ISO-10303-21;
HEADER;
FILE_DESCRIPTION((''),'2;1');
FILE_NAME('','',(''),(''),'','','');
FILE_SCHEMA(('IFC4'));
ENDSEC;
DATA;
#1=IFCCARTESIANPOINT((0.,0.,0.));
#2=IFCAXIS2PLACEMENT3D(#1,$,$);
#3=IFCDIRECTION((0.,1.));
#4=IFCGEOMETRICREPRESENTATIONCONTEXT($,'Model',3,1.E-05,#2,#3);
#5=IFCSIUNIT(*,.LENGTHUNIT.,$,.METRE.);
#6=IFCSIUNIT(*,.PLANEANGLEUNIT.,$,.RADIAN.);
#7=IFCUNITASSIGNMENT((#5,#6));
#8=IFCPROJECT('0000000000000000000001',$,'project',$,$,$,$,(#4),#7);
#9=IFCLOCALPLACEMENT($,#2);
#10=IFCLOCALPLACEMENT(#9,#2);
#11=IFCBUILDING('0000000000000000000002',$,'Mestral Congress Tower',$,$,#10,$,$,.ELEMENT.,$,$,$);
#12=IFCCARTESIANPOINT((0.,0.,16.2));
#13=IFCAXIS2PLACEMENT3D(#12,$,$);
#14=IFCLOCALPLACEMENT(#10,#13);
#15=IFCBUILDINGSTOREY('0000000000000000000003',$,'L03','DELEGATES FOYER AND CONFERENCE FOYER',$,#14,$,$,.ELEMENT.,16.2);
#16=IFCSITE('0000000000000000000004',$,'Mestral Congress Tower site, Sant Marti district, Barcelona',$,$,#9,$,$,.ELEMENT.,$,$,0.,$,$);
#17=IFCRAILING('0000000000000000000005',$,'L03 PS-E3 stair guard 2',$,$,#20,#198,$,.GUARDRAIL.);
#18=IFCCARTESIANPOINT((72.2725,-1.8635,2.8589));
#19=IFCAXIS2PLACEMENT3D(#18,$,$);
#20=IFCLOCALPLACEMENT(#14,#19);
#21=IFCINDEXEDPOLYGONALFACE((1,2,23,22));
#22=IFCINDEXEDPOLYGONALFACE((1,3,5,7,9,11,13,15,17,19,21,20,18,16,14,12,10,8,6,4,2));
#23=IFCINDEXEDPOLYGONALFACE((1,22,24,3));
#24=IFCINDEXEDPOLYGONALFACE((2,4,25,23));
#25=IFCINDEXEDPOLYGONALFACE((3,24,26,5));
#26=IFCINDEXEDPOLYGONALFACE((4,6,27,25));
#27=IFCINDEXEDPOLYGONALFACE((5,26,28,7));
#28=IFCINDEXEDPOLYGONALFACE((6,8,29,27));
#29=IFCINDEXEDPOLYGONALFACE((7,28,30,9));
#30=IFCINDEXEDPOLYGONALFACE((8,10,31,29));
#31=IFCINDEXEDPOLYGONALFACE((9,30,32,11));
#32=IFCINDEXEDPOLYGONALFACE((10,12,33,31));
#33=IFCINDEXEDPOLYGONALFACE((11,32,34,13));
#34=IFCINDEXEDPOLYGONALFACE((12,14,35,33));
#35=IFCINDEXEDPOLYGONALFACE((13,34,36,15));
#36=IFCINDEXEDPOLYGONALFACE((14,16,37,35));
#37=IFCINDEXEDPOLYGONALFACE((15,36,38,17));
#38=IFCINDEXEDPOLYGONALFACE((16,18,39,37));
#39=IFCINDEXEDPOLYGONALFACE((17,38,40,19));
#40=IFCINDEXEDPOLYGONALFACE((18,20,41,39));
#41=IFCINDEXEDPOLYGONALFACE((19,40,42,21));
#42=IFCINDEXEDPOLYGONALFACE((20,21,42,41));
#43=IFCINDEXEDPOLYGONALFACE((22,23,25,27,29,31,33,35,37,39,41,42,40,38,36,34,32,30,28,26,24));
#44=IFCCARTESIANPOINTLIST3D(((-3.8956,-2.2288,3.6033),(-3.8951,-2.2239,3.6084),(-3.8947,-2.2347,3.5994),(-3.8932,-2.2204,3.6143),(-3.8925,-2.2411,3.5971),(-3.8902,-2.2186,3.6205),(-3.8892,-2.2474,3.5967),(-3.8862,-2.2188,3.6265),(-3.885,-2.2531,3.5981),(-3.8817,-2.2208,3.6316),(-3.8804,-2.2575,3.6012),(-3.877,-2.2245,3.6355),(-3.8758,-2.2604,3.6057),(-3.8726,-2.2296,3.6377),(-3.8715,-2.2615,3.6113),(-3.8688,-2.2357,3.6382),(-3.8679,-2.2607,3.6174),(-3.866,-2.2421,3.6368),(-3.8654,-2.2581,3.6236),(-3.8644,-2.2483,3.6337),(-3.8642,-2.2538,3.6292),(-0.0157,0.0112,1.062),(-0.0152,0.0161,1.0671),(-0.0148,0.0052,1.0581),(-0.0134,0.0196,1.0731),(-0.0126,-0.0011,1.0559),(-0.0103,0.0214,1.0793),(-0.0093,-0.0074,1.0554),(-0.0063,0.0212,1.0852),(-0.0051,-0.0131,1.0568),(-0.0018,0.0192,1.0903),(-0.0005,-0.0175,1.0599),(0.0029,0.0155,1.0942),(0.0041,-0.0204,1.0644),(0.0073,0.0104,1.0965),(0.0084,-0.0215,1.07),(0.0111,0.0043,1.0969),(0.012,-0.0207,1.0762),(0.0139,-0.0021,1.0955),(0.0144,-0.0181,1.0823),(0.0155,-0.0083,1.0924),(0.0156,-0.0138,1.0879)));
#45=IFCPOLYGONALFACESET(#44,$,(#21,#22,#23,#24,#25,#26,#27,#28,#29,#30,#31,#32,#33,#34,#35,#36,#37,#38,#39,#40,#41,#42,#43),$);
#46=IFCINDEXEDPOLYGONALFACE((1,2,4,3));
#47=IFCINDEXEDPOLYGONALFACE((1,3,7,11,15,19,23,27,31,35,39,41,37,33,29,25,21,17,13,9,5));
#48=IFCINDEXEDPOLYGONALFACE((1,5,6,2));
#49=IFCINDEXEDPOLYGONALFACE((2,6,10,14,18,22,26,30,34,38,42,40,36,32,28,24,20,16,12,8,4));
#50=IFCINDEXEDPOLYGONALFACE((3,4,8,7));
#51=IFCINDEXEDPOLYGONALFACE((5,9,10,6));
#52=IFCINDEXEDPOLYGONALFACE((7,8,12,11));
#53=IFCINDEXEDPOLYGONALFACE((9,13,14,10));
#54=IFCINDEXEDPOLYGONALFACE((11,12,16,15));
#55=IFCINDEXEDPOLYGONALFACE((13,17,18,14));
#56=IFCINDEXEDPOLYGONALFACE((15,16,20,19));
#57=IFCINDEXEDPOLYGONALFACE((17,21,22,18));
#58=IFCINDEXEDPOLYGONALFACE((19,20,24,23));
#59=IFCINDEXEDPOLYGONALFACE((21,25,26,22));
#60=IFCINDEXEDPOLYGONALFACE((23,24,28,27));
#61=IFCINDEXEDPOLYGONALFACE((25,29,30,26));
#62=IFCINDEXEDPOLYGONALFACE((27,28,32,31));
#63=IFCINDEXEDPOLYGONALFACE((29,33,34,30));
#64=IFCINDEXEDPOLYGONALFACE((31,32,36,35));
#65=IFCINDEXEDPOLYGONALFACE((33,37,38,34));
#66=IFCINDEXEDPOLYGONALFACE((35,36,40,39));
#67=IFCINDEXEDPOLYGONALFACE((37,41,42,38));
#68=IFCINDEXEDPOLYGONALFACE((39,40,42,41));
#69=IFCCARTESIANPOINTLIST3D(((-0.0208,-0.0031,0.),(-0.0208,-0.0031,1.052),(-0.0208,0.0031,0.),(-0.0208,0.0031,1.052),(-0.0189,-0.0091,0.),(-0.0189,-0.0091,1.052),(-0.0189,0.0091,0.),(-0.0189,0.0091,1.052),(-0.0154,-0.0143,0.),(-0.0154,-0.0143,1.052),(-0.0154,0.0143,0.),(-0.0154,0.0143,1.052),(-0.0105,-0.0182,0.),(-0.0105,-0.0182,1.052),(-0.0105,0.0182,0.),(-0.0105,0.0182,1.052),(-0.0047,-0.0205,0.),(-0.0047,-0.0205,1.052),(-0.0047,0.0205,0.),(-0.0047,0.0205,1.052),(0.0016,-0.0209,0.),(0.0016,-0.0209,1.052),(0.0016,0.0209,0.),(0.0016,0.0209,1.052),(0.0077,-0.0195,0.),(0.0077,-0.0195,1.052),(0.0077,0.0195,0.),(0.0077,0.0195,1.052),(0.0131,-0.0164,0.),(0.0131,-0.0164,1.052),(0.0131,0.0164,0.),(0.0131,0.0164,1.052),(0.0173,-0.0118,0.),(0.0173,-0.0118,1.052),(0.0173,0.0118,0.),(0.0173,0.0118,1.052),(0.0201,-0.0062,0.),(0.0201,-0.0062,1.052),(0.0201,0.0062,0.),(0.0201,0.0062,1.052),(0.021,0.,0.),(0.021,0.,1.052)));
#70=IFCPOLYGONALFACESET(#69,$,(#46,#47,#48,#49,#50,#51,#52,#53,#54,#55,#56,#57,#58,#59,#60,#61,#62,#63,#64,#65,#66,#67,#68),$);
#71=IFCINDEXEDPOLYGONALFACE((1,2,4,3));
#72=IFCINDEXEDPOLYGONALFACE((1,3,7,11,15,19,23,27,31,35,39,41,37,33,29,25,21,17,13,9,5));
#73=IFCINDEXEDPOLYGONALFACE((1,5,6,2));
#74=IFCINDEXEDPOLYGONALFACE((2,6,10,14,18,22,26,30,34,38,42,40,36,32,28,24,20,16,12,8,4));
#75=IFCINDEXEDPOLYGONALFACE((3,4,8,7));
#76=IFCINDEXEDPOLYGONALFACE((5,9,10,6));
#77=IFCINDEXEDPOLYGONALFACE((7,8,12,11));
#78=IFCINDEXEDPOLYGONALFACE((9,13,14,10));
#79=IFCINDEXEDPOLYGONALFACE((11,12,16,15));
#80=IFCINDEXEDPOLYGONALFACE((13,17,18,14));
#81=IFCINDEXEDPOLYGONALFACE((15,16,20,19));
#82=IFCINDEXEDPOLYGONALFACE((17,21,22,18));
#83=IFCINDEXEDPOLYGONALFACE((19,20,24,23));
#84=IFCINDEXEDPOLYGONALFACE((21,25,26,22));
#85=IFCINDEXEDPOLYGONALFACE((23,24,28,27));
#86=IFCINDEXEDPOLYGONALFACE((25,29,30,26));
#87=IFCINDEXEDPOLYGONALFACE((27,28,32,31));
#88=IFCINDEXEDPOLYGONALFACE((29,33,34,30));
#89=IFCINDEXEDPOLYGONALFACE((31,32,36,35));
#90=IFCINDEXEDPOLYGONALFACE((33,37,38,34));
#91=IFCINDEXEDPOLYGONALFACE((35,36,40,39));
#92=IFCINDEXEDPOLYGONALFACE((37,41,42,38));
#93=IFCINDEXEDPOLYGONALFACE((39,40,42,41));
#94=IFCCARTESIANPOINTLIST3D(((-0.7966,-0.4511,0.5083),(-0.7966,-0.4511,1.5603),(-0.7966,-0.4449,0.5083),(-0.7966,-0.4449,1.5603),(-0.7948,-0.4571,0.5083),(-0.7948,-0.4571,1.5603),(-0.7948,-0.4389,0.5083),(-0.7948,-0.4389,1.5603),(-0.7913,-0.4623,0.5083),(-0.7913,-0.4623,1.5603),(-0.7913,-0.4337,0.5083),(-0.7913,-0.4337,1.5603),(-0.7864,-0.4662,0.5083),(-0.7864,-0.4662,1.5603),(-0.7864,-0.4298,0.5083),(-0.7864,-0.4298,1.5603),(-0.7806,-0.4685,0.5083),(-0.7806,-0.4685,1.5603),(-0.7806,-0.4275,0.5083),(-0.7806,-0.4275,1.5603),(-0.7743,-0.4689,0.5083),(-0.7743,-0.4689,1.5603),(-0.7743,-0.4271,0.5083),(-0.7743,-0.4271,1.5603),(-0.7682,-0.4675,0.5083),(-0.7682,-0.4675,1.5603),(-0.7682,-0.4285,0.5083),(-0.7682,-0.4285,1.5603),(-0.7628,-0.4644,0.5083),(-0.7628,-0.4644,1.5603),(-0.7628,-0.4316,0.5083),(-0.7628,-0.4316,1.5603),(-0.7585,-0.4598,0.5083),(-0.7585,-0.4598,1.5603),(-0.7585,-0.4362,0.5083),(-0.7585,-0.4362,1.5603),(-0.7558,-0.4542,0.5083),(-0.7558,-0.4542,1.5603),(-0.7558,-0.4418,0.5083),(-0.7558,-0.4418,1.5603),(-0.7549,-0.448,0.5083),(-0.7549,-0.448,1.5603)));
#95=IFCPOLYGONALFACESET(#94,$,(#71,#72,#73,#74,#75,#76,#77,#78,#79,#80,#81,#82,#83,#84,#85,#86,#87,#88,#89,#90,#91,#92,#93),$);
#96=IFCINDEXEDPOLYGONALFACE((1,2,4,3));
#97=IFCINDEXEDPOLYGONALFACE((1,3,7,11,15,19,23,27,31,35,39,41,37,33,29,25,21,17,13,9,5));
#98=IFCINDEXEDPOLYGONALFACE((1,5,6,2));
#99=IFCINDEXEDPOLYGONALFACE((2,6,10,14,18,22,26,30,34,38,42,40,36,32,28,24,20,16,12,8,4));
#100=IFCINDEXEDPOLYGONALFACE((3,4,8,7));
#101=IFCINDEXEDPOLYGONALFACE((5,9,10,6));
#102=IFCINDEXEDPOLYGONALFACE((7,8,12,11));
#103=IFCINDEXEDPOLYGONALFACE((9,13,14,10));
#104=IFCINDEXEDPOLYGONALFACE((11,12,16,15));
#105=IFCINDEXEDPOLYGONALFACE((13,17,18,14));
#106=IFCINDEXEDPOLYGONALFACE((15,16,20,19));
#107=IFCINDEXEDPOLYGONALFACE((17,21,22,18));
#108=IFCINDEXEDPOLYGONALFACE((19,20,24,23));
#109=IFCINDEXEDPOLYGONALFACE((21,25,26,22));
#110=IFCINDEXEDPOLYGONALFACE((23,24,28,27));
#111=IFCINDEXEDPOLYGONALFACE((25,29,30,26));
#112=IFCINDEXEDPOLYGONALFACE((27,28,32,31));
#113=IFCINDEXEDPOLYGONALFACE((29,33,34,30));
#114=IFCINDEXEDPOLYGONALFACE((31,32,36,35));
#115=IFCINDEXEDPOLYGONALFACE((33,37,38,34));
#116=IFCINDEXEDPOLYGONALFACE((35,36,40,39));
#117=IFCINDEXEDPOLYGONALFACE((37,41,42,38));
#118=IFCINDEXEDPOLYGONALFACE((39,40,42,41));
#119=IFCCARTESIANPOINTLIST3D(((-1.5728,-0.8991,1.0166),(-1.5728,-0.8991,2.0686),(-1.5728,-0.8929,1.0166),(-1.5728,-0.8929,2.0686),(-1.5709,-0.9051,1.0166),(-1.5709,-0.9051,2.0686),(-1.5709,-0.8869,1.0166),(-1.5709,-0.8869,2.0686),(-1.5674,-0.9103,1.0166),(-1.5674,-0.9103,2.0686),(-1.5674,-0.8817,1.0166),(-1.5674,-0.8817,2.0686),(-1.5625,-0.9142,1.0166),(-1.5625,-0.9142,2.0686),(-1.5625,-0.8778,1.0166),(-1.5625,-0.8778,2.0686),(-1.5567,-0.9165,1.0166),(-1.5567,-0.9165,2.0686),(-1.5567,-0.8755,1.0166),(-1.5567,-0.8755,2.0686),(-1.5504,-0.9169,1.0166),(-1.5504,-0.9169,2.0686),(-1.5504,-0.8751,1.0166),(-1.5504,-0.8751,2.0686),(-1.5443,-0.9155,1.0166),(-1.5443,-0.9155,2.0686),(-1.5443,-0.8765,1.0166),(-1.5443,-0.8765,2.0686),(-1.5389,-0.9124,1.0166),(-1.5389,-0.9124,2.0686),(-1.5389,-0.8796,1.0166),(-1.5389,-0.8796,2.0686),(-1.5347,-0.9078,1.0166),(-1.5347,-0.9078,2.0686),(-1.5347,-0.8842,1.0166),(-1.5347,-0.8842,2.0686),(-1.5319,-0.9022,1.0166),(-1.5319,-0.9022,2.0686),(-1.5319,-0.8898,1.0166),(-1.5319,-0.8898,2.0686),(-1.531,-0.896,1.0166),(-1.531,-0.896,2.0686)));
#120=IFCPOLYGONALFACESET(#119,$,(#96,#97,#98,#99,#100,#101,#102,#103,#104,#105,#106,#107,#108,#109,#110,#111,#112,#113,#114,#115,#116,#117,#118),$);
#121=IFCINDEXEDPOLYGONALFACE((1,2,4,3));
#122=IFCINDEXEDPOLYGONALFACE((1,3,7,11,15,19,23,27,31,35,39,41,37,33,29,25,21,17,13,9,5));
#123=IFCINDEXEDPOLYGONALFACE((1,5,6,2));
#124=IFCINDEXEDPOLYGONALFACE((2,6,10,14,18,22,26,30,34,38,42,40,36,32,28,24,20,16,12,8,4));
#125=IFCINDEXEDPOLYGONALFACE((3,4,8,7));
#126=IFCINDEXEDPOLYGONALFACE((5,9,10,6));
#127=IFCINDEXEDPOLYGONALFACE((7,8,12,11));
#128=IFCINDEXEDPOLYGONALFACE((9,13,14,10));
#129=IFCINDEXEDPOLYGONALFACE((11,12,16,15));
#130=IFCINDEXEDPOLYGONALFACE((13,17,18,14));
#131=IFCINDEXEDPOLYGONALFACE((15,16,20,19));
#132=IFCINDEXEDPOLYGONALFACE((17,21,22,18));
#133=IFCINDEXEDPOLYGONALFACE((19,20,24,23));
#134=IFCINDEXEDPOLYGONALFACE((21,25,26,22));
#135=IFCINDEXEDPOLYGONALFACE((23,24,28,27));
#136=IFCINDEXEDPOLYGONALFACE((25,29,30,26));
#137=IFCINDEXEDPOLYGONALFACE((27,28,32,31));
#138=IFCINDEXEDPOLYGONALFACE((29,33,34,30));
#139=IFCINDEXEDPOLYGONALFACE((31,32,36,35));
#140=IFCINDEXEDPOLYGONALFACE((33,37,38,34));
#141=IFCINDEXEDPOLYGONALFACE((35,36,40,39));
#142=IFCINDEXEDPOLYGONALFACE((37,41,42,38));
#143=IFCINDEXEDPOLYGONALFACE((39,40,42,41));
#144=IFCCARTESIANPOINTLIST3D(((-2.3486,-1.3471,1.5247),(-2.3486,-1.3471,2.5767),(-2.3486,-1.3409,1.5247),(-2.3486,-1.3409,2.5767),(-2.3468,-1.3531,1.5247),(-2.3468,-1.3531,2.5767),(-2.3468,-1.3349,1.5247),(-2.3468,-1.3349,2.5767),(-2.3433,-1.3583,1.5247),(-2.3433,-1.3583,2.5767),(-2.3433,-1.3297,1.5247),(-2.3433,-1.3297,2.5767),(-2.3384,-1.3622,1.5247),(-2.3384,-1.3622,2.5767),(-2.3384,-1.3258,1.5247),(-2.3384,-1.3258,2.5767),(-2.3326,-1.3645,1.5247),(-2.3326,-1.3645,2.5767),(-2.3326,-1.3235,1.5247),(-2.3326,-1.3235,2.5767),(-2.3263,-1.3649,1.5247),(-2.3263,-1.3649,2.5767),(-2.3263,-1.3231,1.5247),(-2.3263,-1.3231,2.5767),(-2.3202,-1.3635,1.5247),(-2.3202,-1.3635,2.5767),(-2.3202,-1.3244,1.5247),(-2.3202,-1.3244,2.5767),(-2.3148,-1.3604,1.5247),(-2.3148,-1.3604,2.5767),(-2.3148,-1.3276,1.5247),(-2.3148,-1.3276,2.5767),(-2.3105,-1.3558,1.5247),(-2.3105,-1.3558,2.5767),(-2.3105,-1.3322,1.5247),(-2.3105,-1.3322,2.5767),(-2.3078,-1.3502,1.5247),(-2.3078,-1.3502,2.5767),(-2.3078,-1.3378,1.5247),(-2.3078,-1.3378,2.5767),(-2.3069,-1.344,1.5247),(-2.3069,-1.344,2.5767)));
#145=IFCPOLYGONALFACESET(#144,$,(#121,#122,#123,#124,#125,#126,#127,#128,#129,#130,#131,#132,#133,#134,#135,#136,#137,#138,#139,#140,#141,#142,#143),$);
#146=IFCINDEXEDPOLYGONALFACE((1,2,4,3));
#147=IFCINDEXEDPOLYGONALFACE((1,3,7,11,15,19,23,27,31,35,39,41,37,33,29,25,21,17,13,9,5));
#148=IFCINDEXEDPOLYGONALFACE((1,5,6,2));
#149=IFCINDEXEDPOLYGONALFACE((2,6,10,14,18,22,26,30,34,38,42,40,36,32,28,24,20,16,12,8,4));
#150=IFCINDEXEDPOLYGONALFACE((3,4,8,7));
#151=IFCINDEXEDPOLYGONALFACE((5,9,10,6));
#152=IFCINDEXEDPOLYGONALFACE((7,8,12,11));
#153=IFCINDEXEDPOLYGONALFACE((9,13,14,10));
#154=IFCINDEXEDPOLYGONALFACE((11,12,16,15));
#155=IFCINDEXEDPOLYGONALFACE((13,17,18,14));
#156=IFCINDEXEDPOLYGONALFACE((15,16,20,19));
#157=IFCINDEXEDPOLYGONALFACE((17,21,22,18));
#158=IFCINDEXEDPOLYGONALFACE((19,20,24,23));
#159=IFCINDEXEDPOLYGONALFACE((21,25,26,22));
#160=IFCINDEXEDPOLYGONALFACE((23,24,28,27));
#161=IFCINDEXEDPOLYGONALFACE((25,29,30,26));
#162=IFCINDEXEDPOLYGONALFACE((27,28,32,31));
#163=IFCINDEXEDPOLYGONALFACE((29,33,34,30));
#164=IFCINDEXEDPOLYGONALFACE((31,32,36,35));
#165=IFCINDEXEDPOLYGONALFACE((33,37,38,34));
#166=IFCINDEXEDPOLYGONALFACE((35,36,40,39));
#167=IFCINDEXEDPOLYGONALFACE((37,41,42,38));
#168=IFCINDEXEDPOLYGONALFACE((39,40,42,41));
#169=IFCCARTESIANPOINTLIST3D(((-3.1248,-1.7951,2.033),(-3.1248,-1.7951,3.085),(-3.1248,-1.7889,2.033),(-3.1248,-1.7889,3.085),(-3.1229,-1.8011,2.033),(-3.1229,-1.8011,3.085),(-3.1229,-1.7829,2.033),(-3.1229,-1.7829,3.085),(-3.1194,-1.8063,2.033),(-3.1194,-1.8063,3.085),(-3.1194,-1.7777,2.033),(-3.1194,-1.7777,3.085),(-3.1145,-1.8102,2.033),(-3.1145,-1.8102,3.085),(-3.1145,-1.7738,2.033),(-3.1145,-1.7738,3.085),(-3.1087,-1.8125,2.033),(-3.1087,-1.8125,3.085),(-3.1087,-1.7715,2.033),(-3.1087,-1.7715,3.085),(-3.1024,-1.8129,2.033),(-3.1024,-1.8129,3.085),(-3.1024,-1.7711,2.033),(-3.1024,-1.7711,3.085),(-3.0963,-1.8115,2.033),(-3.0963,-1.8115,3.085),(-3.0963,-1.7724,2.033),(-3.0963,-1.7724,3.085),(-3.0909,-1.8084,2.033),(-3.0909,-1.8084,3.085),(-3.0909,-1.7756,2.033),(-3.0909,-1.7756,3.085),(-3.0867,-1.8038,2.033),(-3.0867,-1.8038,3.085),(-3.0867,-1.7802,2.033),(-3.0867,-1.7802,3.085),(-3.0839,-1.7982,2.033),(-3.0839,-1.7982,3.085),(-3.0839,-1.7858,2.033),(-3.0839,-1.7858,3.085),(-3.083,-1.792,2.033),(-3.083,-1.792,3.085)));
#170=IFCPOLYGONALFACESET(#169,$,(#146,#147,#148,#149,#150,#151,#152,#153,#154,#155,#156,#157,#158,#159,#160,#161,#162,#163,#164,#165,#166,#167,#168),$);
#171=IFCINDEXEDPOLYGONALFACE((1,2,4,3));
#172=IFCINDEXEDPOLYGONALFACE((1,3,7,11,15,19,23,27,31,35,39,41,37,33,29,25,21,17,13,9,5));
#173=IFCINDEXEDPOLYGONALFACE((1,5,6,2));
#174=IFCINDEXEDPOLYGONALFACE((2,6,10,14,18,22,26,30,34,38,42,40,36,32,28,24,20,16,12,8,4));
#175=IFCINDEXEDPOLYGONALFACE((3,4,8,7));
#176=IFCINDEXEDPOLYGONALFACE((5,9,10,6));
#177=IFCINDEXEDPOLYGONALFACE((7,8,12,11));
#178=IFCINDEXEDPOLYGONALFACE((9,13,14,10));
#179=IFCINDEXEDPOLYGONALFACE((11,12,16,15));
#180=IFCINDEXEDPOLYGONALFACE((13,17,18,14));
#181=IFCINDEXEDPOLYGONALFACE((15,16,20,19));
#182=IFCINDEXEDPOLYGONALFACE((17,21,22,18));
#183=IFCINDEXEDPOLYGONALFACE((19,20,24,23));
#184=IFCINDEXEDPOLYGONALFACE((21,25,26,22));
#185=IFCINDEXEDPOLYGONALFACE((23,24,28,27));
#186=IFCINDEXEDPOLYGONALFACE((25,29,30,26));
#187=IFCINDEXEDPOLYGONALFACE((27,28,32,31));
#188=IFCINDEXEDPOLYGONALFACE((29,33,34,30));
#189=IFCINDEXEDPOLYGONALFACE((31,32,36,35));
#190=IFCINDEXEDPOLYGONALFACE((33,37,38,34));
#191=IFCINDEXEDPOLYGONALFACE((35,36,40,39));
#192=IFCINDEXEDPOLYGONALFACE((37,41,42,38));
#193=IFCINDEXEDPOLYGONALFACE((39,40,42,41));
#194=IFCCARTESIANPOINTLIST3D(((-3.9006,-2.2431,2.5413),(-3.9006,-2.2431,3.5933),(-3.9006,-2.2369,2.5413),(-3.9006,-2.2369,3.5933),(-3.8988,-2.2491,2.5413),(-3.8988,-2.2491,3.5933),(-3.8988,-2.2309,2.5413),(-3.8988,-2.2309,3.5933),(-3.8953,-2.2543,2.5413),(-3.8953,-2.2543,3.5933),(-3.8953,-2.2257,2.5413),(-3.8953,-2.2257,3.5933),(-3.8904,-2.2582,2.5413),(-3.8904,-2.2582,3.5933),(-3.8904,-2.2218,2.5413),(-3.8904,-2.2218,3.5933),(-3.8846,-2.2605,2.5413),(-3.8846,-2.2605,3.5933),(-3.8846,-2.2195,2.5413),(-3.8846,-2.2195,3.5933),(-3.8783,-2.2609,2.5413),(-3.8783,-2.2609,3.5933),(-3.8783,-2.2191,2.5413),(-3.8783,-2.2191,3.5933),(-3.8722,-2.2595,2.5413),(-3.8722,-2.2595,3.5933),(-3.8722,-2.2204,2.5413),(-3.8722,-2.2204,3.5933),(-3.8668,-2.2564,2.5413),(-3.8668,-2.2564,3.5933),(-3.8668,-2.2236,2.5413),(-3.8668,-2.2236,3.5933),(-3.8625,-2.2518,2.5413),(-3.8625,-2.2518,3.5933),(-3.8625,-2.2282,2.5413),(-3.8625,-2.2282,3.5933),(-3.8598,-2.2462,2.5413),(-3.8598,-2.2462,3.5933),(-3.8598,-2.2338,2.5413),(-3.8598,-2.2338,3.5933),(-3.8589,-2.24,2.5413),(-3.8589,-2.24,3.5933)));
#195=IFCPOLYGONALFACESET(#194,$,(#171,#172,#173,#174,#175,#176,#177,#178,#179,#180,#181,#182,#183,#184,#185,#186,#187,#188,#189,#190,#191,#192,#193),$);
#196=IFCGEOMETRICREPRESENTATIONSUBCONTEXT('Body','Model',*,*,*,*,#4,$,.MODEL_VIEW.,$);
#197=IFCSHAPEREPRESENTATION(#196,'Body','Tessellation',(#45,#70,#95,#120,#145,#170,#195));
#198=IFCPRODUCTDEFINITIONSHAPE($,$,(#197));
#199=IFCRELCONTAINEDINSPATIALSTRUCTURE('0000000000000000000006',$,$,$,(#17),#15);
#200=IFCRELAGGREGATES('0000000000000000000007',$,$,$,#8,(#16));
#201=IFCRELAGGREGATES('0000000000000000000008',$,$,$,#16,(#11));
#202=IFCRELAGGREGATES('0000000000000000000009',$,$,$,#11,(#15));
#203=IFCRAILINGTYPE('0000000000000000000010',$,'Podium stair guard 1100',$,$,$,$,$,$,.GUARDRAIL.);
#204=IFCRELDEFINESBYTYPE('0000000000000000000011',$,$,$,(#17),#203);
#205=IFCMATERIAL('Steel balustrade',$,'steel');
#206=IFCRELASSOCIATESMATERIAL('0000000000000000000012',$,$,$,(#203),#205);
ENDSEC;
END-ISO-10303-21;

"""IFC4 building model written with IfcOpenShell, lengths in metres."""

from ifc_helpers import new_model, si_unit, direction, frame, origin, origin_2d, place, context, subcontext, project, spatial, circle, extrude, material, type_object, element, save


model = new_model("IFC4")

# Units and contexts
model_context = context("Model", 3, precision=1e-05, world=origin(), true_north=direction((0.0, 1.0)))
body_context = subcontext(model_context, "Body", "Model", "MODEL_VIEW")
ifc_project = project(units=[si_unit("LENGTHUNIT", "METRE"), si_unit("PLANEANGLEUNIT", "RADIAN")], contexts=[model_context])

# Site, building, storey
site_placement = place(None, origin())
site = spatial("IfcSite", under=ifc_project, at=site_placement, Name="Mestral Congress Tower site, Sant Marti district, Barcelona", CompositionType="ELEMENT", RefElevation=0.0)
building_placement = place(site_placement, origin())
building = spatial("IfcBuilding", under=site, at=building_placement, Name="Mestral Congress Tower", CompositionType="ELEMENT")
storey_placement = place(building_placement, frame((0.0, 0.0, 16.2)))
storey = spatial("IfcBuildingStorey", under=building, at=storey_placement, Name="L03", Description="DELEGATES FOYER AND CONFERENCE FOYER", CompositionType="ELEMENT", Elevation=16.2)

# Railing
ifc_material_1 = material(Name="Steel balustrade", Category="steel")
railing_type_1 = type_object("IfcRailingType", Name="Podium stair guard 1100", PredefinedType="GUARDRAIL", material=ifc_material_1)
railing_1_placement = place(storey_placement, frame((72.2725, -1.8635, 2.8589)))
element("IfcRailing", 1, at=railing_1_placement, inside=storey, type_object=railing_type_1, Name="L03 PS-E3 stair guard 2", PredefinedType="GUARDRAIL", context=body_context, shape_type="SweptSolid", body=[
    extrude(circle(Radius=0.0239, at=origin_2d()), frame((0.0, 0.0, 1.0762), z_axis=(-0.753282, -0.434896, 0.493388), x_axis=(0.49999, -0.866031, 0.0)), (0.0, 0.0, 1.0), 5.1506),
    extrude(circle(Radius=0.021, at=origin_2d()), origin(), (0.0, 0.0, 1.0), 1.052),
    extrude(circle(Radius=0.021, at=origin_2d()), frame((-0.7759, -0.448, 0.5083)), (0.0, 0.0, 1.0), 1.052),
    extrude(circle(Radius=0.021, at=origin_2d()), frame((-1.552, -0.896, 1.0166)), (0.0, 0.0, 1.0), 1.052),
    extrude(circle(Radius=0.021, at=origin_2d()), frame((-2.3279, -1.344, 1.5247)), (0.0, 0.0, 1.0), 1.052),
    extrude(circle(Radius=0.021, at=origin_2d()), frame((-3.104, -1.792, 2.033)), (0.0, 0.0, 1.0), 1.052),
    extrude(circle(Radius=0.021, at=origin_2d()), frame((-3.8799, -2.24, 2.5413)), (0.0, 0.0, 1.0), 1.052),
])

save(model, "model.ifc")
